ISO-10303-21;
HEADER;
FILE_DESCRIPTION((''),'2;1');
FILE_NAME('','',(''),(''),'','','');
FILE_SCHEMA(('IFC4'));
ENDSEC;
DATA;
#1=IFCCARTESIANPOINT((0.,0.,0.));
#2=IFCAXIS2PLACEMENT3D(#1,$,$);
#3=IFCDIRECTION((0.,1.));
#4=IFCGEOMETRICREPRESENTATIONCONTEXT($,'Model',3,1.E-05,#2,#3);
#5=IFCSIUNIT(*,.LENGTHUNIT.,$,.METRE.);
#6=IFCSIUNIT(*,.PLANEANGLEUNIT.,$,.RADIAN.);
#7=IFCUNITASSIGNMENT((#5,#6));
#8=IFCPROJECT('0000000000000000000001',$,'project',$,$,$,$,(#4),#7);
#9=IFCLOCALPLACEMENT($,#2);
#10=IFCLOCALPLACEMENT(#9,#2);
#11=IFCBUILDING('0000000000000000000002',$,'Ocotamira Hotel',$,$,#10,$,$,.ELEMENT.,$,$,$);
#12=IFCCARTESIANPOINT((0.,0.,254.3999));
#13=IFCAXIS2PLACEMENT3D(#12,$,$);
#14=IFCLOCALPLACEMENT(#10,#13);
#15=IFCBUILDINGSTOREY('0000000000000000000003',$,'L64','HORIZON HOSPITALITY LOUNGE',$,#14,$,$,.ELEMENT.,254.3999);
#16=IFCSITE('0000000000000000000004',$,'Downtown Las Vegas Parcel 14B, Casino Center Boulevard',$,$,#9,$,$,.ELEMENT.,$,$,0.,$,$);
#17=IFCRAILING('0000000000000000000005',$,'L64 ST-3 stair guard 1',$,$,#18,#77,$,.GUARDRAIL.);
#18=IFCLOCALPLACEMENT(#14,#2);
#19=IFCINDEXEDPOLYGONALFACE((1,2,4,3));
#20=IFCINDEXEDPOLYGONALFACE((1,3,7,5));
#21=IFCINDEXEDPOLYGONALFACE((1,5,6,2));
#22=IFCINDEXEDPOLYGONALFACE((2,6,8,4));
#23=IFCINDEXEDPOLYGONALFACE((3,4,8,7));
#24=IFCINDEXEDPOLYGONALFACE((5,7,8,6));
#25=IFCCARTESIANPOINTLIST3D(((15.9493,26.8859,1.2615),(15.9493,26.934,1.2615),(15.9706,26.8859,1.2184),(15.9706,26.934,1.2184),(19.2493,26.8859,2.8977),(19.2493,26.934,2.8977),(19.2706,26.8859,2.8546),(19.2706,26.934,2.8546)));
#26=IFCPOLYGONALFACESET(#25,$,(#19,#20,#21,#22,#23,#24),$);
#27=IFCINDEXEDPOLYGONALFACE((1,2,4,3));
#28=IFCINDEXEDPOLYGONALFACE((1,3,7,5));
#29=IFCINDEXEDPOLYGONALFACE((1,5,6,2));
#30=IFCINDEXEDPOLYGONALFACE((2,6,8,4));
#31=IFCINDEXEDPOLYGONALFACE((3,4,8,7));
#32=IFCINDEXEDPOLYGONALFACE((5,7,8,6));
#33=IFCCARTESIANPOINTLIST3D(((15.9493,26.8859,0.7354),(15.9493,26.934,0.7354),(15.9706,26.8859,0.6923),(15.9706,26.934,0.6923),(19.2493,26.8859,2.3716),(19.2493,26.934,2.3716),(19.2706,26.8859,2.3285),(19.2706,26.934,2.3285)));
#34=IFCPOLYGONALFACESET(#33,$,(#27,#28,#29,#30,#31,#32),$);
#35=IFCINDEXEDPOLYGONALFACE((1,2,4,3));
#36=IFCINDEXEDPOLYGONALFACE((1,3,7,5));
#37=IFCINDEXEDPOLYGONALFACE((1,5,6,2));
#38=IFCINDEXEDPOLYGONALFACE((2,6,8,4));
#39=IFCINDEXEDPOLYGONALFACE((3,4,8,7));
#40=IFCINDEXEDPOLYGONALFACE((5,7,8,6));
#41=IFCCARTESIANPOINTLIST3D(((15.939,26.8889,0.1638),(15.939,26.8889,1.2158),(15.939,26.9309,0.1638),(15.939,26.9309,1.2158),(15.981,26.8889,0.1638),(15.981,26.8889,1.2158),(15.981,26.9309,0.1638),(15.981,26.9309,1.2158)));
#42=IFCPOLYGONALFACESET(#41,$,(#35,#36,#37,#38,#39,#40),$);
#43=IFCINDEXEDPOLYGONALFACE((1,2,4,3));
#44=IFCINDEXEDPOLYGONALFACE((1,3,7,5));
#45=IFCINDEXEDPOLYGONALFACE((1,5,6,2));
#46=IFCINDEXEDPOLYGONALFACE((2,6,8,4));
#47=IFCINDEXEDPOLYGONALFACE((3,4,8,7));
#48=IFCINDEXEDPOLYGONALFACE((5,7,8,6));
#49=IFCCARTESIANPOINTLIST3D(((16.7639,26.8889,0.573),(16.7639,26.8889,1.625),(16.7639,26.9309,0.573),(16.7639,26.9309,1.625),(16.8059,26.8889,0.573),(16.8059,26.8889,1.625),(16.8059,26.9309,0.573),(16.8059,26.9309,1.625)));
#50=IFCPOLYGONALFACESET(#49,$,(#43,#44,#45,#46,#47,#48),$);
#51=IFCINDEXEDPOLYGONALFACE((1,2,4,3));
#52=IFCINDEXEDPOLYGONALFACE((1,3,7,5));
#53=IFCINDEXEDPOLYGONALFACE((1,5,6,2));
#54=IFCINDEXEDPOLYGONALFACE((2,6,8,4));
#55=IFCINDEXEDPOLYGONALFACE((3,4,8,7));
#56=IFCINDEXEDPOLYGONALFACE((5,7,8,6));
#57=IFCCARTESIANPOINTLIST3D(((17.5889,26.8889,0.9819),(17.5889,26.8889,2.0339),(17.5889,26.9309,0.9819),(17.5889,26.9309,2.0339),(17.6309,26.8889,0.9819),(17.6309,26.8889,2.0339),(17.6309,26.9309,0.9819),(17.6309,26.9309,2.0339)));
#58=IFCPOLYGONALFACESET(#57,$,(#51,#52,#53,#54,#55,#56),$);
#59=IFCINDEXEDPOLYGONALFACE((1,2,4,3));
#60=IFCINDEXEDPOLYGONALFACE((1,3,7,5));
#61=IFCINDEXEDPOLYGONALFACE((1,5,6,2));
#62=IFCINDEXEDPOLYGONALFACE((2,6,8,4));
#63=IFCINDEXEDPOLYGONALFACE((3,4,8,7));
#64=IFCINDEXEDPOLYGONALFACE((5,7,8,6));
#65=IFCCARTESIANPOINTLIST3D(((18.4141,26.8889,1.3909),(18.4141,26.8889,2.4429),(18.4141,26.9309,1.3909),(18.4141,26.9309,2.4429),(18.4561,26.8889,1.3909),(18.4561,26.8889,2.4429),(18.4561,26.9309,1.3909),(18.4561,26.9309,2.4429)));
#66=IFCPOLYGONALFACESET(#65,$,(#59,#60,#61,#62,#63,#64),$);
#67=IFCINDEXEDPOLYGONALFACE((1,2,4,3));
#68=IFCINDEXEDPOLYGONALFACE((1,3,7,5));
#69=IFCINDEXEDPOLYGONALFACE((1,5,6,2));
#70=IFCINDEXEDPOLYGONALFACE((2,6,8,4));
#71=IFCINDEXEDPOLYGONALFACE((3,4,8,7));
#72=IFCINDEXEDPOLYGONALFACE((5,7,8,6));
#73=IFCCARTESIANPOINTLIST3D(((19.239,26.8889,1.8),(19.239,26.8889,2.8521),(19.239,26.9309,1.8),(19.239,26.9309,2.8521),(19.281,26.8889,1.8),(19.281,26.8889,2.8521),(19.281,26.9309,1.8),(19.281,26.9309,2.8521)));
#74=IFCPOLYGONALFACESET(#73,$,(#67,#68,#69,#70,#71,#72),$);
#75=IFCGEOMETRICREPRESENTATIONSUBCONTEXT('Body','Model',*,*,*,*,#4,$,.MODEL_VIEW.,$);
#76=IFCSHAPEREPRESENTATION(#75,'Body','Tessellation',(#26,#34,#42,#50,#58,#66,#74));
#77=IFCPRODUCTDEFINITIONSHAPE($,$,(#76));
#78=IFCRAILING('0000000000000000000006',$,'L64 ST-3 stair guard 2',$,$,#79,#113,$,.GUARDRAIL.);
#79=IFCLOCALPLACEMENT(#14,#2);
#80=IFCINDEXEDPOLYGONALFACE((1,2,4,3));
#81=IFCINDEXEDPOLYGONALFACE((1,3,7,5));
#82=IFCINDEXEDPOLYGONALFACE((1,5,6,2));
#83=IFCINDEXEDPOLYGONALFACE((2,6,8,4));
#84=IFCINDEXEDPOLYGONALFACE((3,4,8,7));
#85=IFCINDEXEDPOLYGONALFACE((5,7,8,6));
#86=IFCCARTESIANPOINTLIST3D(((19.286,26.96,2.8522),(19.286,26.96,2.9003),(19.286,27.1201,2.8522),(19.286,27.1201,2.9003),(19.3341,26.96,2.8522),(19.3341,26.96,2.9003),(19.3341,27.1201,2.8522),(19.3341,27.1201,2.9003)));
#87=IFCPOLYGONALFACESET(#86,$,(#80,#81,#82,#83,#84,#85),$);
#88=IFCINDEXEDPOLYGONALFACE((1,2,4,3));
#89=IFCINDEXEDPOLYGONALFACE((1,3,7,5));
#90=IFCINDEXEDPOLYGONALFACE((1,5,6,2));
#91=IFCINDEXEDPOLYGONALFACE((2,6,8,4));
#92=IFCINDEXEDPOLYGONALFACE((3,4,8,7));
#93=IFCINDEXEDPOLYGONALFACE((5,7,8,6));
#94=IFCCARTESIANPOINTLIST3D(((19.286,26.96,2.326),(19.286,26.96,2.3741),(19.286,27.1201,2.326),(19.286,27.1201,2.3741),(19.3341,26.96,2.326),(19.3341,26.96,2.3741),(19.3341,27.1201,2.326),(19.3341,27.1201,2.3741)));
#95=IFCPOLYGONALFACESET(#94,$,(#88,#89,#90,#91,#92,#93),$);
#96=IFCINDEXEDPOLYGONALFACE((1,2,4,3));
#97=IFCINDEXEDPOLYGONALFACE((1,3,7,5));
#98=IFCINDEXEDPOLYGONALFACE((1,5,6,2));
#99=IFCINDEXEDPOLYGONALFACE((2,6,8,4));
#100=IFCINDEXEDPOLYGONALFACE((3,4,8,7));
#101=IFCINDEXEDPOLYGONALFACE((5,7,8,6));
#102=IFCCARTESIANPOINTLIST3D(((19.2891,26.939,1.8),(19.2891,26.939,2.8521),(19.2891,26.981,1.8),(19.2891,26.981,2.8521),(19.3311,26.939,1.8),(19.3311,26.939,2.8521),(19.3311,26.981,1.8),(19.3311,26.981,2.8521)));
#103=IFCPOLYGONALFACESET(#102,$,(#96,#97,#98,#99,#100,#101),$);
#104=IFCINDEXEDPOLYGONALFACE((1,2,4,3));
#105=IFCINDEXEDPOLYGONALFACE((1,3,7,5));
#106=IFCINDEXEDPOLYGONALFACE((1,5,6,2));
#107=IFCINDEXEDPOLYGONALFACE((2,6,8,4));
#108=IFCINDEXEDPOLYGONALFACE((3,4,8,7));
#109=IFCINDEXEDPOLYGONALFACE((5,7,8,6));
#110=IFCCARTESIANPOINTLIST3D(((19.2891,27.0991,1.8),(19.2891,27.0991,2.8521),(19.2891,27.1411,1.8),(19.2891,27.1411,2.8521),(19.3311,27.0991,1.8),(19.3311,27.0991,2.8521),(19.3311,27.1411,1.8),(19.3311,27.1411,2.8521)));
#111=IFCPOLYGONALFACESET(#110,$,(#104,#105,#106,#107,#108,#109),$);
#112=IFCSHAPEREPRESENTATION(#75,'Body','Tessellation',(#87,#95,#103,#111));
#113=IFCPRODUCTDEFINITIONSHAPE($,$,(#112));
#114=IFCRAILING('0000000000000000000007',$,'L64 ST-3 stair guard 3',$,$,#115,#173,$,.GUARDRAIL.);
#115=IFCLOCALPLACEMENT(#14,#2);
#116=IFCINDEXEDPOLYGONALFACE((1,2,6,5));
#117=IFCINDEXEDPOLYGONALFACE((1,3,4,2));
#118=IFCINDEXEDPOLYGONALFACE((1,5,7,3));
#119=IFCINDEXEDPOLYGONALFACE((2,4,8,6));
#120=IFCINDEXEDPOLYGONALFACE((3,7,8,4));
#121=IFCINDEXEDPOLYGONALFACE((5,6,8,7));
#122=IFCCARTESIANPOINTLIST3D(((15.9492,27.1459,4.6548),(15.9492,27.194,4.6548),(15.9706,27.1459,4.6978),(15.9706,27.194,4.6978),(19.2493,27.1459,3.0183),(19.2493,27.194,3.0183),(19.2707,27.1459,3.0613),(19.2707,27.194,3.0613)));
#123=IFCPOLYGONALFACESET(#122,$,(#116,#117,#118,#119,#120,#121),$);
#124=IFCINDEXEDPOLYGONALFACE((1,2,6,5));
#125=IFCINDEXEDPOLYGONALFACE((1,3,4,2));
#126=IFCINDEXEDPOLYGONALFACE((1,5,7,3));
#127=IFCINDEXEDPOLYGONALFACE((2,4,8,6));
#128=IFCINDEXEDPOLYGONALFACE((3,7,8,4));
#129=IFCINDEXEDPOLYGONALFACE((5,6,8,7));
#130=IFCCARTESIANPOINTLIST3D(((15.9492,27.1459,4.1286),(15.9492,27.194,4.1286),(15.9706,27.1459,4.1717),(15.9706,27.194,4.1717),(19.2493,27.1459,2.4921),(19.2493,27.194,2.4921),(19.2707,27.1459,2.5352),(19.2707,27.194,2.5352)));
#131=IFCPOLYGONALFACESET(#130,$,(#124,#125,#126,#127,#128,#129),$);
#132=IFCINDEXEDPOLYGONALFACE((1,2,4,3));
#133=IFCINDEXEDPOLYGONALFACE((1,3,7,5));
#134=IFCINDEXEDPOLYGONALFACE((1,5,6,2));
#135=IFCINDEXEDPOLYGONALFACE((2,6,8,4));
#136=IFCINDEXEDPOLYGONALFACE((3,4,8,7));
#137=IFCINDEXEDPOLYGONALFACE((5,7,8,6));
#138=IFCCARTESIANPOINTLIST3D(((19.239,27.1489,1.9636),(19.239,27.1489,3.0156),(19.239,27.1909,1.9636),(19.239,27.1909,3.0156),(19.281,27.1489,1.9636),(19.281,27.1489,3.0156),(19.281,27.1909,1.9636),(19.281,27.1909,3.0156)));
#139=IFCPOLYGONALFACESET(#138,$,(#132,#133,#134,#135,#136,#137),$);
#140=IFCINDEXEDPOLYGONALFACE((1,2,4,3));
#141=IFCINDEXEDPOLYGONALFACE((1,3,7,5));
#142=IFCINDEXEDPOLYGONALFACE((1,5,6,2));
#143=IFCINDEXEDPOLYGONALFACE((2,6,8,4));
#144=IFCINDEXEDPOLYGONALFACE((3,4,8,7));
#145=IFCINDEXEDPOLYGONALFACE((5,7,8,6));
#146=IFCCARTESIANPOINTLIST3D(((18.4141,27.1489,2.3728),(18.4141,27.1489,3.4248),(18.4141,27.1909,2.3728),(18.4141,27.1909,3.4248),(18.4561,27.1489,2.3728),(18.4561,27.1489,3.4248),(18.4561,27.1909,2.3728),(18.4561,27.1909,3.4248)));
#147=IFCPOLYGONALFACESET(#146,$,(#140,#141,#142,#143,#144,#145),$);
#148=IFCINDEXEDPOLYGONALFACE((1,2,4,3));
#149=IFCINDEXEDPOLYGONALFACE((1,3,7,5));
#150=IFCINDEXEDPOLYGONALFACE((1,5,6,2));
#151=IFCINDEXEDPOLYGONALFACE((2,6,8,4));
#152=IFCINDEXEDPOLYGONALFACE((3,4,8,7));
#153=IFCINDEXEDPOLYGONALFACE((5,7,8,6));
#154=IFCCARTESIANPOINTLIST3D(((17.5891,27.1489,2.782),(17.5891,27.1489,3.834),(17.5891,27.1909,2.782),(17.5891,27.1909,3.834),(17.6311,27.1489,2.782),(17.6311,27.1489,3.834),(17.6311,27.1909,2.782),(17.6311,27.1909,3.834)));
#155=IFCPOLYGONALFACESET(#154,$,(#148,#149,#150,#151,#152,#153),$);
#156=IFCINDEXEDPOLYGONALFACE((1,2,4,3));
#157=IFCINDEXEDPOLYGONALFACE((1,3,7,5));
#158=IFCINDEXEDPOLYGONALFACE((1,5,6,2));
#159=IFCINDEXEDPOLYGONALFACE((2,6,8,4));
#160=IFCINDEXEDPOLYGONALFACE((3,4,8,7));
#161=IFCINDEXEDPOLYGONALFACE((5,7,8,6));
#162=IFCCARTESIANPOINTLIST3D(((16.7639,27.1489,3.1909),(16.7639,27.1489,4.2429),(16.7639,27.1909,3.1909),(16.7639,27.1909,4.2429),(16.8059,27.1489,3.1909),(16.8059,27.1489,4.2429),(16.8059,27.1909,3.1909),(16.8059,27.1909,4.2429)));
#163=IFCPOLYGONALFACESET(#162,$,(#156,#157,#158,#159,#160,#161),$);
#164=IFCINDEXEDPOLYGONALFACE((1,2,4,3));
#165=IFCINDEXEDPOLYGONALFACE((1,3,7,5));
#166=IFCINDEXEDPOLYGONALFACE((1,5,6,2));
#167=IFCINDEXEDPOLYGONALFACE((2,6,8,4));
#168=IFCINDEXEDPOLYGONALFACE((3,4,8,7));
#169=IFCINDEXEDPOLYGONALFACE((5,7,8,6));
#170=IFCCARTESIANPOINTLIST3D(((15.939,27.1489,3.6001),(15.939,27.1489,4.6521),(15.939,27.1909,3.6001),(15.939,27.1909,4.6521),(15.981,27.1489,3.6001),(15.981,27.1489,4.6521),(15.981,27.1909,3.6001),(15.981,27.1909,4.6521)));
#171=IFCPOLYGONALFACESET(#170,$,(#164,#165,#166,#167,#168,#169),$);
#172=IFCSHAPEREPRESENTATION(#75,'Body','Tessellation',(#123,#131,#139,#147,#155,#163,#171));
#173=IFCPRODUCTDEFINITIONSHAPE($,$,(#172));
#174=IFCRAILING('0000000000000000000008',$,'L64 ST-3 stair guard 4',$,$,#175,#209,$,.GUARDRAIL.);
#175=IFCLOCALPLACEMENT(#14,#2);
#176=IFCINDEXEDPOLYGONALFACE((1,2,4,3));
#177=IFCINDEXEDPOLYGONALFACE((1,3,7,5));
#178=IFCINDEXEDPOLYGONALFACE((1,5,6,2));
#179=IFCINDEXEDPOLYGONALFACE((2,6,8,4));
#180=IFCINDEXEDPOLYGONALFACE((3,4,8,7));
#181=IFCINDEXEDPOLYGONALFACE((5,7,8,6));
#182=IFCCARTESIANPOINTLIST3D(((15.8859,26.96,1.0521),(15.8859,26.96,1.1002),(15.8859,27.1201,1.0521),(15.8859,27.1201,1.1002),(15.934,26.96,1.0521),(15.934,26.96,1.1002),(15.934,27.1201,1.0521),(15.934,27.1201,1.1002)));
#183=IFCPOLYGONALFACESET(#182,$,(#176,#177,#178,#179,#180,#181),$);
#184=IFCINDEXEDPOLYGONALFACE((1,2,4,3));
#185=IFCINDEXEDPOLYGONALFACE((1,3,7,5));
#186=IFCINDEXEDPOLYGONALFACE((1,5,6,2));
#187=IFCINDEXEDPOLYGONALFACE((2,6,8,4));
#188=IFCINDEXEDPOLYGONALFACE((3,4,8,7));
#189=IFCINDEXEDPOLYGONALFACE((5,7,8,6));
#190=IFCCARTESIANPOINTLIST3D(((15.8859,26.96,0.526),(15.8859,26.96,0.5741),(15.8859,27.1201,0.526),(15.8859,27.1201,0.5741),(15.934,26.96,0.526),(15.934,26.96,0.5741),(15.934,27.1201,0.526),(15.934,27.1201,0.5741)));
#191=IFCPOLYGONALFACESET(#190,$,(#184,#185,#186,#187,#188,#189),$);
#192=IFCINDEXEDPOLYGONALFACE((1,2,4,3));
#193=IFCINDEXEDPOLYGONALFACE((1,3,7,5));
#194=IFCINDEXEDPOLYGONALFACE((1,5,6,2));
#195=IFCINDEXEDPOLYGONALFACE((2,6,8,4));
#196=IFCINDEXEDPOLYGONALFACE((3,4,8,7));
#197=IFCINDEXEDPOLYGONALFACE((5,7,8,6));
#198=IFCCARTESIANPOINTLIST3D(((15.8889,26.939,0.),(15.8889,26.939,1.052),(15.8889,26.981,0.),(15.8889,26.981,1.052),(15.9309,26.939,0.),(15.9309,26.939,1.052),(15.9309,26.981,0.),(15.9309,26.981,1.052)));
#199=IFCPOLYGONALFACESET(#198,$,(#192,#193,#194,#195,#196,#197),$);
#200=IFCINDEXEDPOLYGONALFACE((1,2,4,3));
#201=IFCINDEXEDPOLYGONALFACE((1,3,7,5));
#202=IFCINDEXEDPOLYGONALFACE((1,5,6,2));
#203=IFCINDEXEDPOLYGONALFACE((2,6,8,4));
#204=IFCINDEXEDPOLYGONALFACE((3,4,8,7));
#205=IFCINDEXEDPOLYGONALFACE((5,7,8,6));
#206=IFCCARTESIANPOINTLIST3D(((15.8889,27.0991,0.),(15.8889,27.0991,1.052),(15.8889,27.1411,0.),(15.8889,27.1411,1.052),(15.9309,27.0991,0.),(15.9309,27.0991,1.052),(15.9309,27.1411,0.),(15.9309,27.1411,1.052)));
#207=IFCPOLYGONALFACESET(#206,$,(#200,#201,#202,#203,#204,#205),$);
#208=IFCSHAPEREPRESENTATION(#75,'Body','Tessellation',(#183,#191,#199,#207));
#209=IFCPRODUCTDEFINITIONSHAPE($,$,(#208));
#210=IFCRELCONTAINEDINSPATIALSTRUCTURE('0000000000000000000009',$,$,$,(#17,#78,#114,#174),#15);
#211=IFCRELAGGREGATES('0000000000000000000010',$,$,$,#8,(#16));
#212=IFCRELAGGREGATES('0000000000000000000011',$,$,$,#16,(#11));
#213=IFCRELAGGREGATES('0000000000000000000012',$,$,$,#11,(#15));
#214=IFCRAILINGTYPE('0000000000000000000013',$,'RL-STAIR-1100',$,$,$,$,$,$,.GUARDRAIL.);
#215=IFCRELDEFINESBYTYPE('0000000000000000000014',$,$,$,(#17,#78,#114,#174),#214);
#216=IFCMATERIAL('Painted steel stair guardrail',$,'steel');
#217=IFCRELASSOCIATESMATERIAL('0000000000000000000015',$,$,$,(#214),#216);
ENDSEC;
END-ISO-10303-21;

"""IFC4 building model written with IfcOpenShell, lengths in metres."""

from ifc_helpers import new_model, si_unit, direction, frame, origin, origin_2d, place, context, subcontext, project, spatial, rectangle, extrude, material, type_object, element, save


model = new_model("IFC4")

# Units and contexts
model_context = context("Model", 3, precision=1e-05, world=origin(), true_north=direction((0.0, 1.0)))
body_context = subcontext(model_context, "Body", "Model", "MODEL_VIEW")
ifc_project = project(units=[si_unit("LENGTHUNIT", "METRE"), si_unit("PLANEANGLEUNIT", "RADIAN")], contexts=[model_context])

# Site, building, storey
site_placement = place(None, origin())
site = spatial("IfcSite", under=ifc_project, at=site_placement, Name="Downtown Las Vegas Parcel 14B, Casino Center Boulevard", CompositionType="ELEMENT", RefElevation=0.0)
building_placement = place(site_placement, origin())
building = spatial("IfcBuilding", under=site, at=building_placement, Name="Ocotamira Hotel", CompositionType="ELEMENT")
storey_placement = place(building_placement, frame((0.0, 0.0, 254.3999)))
storey = spatial("IfcBuildingStorey", under=building, at=storey_placement, Name="L64", Description="HORIZON HOSPITALITY LOUNGE", CompositionType="ELEMENT", Elevation=254.3999)

# Railings
ifc_material_1 = material(Name="Painted steel stair guardrail", Category="steel")
railing_type_1 = type_object("IfcRailingType", Name="RL-STAIR-1100", PredefinedType="GUARDRAIL", material=ifc_material_1)
railing_1_placement = place(storey_placement, frame((15.96, 26.9099, 0.1638)))
element("IfcRailing", 1, at=railing_1_placement, inside=storey, type_object=railing_type_1, Name="L64 ST-3 stair guard 1", PredefinedType="GUARDRAIL", context=body_context, shape_type="SweptSolid", body=[
    extrude(rectangle(XDim=0.0481, YDim=0.0481, at=origin_2d()), frame((0.0, 0.0, 1.0762), z_axis=(0.89592, 0.0, 0.444215), x_axis=(0.0, 1.0, 0.0)), (0.0, 0.0, 1.0), 3.6833),
    extrude(rectangle(XDim=0.0481, YDim=0.0481, at=origin_2d()), frame((0.0, 0.0, 0.55), z_axis=(0.89592, 0.0, 0.444215), x_axis=(0.0, 1.0, 0.0)), (0.0, 0.0, 1.0), 3.6833),
    extrude(rectangle(XDim=0.042, YDim=0.042, at=origin_2d()), origin(), (0.0, 0.0, 1.0), 1.052),
    extrude(rectangle(XDim=0.042, YDim=0.042, at=origin_2d()), frame((0.825, 0.0, 0.4092)), (0.0, 0.0, 1.0), 1.052),
    extrude(rectangle(XDim=0.042, YDim=0.042, at=origin_2d()), frame((1.6499, 0.0, 0.8181)), (0.0, 0.0, 1.0), 1.052),
    extrude(rectangle(XDim=0.042, YDim=0.042, at=origin_2d()), frame((2.4751, 0.0, 1.2271)), (0.0, 0.0, 1.0), 1.052),
    extrude(rectangle(XDim=0.042, YDim=0.042, at=origin_2d()), frame((3.3, 0.0, 1.6362)), (0.0, 0.0, 1.0), 1.052),
])
railing_2_placement = place(storey_placement, frame((19.3101, 26.96, 1.8)))
element("IfcRailing", 2, at=railing_2_placement, inside=storey, type_object=railing_type_1, Name="L64 ST-3 stair guard 2", PredefinedType="GUARDRAIL", context=body_context, shape_type="SweptSolid", body=[
    extrude(rectangle(XDim=0.0481, YDim=0.0481, at=origin_2d()), frame((0.0, 0.0, 1.0762), z_axis=(0.0, 1.0, 0.0), x_axis=(-1.0, 0.0, 0.0)), (0.0, 0.0, 1.0), 0.1602),
    extrude(rectangle(XDim=0.0481, YDim=0.0481, at=origin_2d()), frame((0.0, 0.0, 0.55), z_axis=(0.0, 1.0, 0.0), x_axis=(-1.0, 0.0, 0.0)), (0.0, 0.0, 1.0), 0.1602),
    extrude(rectangle(XDim=0.042, YDim=0.042, at=origin_2d()), origin(), (0.0, 0.0, 1.0), 1.052),
    extrude(rectangle(XDim=0.042, YDim=0.042, at=origin_2d()), frame((0.0, 0.1602, 0.0)), (0.0, 0.0, 1.0), 1.052),
])
railing_3_placement = place(storey_placement, frame((19.26, 27.1699, 1.9636)))
element("IfcRailing", 3, at=railing_3_placement, inside=storey, type_object=railing_type_1, Name="L64 ST-3 stair guard 3", PredefinedType="GUARDRAIL", context=body_context, shape_type="SweptSolid", body=[
    extrude(rectangle(XDim=0.0481, YDim=0.0481, at=origin_2d()), frame((0.0, 0.0, 1.0762), z_axis=(-0.895894, 0.0, 0.444268), x_axis=(0.0, -1.0, 0.0)), (0.0, 0.0, 1.0), 3.6836),
    extrude(rectangle(XDim=0.0481, YDim=0.0481, at=origin_2d()), frame((0.0, 0.0, 0.55), z_axis=(-0.895894, 0.0, 0.444268), x_axis=(0.0, -1.0, 0.0)), (0.0, 0.0, 1.0), 3.6836),
    extrude(rectangle(XDim=0.042, YDim=0.042, at=origin_2d()), origin(), (0.0, 0.0, 1.0), 1.052),
    extrude(rectangle(XDim=0.042, YDim=0.042, at=origin_2d()), frame((-0.825, 0.0, 0.4092)), (0.0, 0.0, 1.0), 1.052),
    extrude(rectangle(XDim=0.042, YDim=0.042, at=origin_2d()), frame((-1.6499, 0.0, 0.8184)), (0.0, 0.0, 1.0), 1.052),
    extrude(rectangle(XDim=0.042, YDim=0.042, at=origin_2d()), frame((-2.4751, 0.0, 1.2273)), (0.0, 0.0, 1.0), 1.052),
    extrude(rectangle(XDim=0.042, YDim=0.042, at=origin_2d()), frame((-3.3, 0.0, 1.6365)), (0.0, 0.0, 1.0), 1.052),
])
railing_4_placement = place(storey_placement, frame((15.9099, 26.96, 0.0)))
element("IfcRailing", 4, at=railing_4_placement, inside=storey, type_object=railing_type_1, Name="L64 ST-3 stair guard 4", PredefinedType="GUARDRAIL", context=body_context, shape_type="SweptSolid", body=[
    extrude(rectangle(XDim=0.0481, YDim=0.0481, at=origin_2d()), frame((0.0, 0.0, 1.0762), z_axis=(0.0, 1.0, 0.0), x_axis=(-1.0, 0.0, 0.0)), (0.0, 0.0, 1.0), 0.1602),
    extrude(rectangle(XDim=0.0481, YDim=0.0481, at=origin_2d()), frame((0.0, 0.0, 0.55), z_axis=(0.0, 1.0, 0.0), x_axis=(-1.0, 0.0, 0.0)), (0.0, 0.0, 1.0), 0.1602),
    extrude(rectangle(XDim=0.042, YDim=0.042, at=origin_2d()), origin(), (0.0, 0.0, 1.0), 1.052),
    extrude(rectangle(XDim=0.042, YDim=0.042, at=origin_2d()), frame((0.0, 0.1602, 0.0)), (0.0, 0.0, 1.0), 1.052),
])

save(model, "model.ifc")
